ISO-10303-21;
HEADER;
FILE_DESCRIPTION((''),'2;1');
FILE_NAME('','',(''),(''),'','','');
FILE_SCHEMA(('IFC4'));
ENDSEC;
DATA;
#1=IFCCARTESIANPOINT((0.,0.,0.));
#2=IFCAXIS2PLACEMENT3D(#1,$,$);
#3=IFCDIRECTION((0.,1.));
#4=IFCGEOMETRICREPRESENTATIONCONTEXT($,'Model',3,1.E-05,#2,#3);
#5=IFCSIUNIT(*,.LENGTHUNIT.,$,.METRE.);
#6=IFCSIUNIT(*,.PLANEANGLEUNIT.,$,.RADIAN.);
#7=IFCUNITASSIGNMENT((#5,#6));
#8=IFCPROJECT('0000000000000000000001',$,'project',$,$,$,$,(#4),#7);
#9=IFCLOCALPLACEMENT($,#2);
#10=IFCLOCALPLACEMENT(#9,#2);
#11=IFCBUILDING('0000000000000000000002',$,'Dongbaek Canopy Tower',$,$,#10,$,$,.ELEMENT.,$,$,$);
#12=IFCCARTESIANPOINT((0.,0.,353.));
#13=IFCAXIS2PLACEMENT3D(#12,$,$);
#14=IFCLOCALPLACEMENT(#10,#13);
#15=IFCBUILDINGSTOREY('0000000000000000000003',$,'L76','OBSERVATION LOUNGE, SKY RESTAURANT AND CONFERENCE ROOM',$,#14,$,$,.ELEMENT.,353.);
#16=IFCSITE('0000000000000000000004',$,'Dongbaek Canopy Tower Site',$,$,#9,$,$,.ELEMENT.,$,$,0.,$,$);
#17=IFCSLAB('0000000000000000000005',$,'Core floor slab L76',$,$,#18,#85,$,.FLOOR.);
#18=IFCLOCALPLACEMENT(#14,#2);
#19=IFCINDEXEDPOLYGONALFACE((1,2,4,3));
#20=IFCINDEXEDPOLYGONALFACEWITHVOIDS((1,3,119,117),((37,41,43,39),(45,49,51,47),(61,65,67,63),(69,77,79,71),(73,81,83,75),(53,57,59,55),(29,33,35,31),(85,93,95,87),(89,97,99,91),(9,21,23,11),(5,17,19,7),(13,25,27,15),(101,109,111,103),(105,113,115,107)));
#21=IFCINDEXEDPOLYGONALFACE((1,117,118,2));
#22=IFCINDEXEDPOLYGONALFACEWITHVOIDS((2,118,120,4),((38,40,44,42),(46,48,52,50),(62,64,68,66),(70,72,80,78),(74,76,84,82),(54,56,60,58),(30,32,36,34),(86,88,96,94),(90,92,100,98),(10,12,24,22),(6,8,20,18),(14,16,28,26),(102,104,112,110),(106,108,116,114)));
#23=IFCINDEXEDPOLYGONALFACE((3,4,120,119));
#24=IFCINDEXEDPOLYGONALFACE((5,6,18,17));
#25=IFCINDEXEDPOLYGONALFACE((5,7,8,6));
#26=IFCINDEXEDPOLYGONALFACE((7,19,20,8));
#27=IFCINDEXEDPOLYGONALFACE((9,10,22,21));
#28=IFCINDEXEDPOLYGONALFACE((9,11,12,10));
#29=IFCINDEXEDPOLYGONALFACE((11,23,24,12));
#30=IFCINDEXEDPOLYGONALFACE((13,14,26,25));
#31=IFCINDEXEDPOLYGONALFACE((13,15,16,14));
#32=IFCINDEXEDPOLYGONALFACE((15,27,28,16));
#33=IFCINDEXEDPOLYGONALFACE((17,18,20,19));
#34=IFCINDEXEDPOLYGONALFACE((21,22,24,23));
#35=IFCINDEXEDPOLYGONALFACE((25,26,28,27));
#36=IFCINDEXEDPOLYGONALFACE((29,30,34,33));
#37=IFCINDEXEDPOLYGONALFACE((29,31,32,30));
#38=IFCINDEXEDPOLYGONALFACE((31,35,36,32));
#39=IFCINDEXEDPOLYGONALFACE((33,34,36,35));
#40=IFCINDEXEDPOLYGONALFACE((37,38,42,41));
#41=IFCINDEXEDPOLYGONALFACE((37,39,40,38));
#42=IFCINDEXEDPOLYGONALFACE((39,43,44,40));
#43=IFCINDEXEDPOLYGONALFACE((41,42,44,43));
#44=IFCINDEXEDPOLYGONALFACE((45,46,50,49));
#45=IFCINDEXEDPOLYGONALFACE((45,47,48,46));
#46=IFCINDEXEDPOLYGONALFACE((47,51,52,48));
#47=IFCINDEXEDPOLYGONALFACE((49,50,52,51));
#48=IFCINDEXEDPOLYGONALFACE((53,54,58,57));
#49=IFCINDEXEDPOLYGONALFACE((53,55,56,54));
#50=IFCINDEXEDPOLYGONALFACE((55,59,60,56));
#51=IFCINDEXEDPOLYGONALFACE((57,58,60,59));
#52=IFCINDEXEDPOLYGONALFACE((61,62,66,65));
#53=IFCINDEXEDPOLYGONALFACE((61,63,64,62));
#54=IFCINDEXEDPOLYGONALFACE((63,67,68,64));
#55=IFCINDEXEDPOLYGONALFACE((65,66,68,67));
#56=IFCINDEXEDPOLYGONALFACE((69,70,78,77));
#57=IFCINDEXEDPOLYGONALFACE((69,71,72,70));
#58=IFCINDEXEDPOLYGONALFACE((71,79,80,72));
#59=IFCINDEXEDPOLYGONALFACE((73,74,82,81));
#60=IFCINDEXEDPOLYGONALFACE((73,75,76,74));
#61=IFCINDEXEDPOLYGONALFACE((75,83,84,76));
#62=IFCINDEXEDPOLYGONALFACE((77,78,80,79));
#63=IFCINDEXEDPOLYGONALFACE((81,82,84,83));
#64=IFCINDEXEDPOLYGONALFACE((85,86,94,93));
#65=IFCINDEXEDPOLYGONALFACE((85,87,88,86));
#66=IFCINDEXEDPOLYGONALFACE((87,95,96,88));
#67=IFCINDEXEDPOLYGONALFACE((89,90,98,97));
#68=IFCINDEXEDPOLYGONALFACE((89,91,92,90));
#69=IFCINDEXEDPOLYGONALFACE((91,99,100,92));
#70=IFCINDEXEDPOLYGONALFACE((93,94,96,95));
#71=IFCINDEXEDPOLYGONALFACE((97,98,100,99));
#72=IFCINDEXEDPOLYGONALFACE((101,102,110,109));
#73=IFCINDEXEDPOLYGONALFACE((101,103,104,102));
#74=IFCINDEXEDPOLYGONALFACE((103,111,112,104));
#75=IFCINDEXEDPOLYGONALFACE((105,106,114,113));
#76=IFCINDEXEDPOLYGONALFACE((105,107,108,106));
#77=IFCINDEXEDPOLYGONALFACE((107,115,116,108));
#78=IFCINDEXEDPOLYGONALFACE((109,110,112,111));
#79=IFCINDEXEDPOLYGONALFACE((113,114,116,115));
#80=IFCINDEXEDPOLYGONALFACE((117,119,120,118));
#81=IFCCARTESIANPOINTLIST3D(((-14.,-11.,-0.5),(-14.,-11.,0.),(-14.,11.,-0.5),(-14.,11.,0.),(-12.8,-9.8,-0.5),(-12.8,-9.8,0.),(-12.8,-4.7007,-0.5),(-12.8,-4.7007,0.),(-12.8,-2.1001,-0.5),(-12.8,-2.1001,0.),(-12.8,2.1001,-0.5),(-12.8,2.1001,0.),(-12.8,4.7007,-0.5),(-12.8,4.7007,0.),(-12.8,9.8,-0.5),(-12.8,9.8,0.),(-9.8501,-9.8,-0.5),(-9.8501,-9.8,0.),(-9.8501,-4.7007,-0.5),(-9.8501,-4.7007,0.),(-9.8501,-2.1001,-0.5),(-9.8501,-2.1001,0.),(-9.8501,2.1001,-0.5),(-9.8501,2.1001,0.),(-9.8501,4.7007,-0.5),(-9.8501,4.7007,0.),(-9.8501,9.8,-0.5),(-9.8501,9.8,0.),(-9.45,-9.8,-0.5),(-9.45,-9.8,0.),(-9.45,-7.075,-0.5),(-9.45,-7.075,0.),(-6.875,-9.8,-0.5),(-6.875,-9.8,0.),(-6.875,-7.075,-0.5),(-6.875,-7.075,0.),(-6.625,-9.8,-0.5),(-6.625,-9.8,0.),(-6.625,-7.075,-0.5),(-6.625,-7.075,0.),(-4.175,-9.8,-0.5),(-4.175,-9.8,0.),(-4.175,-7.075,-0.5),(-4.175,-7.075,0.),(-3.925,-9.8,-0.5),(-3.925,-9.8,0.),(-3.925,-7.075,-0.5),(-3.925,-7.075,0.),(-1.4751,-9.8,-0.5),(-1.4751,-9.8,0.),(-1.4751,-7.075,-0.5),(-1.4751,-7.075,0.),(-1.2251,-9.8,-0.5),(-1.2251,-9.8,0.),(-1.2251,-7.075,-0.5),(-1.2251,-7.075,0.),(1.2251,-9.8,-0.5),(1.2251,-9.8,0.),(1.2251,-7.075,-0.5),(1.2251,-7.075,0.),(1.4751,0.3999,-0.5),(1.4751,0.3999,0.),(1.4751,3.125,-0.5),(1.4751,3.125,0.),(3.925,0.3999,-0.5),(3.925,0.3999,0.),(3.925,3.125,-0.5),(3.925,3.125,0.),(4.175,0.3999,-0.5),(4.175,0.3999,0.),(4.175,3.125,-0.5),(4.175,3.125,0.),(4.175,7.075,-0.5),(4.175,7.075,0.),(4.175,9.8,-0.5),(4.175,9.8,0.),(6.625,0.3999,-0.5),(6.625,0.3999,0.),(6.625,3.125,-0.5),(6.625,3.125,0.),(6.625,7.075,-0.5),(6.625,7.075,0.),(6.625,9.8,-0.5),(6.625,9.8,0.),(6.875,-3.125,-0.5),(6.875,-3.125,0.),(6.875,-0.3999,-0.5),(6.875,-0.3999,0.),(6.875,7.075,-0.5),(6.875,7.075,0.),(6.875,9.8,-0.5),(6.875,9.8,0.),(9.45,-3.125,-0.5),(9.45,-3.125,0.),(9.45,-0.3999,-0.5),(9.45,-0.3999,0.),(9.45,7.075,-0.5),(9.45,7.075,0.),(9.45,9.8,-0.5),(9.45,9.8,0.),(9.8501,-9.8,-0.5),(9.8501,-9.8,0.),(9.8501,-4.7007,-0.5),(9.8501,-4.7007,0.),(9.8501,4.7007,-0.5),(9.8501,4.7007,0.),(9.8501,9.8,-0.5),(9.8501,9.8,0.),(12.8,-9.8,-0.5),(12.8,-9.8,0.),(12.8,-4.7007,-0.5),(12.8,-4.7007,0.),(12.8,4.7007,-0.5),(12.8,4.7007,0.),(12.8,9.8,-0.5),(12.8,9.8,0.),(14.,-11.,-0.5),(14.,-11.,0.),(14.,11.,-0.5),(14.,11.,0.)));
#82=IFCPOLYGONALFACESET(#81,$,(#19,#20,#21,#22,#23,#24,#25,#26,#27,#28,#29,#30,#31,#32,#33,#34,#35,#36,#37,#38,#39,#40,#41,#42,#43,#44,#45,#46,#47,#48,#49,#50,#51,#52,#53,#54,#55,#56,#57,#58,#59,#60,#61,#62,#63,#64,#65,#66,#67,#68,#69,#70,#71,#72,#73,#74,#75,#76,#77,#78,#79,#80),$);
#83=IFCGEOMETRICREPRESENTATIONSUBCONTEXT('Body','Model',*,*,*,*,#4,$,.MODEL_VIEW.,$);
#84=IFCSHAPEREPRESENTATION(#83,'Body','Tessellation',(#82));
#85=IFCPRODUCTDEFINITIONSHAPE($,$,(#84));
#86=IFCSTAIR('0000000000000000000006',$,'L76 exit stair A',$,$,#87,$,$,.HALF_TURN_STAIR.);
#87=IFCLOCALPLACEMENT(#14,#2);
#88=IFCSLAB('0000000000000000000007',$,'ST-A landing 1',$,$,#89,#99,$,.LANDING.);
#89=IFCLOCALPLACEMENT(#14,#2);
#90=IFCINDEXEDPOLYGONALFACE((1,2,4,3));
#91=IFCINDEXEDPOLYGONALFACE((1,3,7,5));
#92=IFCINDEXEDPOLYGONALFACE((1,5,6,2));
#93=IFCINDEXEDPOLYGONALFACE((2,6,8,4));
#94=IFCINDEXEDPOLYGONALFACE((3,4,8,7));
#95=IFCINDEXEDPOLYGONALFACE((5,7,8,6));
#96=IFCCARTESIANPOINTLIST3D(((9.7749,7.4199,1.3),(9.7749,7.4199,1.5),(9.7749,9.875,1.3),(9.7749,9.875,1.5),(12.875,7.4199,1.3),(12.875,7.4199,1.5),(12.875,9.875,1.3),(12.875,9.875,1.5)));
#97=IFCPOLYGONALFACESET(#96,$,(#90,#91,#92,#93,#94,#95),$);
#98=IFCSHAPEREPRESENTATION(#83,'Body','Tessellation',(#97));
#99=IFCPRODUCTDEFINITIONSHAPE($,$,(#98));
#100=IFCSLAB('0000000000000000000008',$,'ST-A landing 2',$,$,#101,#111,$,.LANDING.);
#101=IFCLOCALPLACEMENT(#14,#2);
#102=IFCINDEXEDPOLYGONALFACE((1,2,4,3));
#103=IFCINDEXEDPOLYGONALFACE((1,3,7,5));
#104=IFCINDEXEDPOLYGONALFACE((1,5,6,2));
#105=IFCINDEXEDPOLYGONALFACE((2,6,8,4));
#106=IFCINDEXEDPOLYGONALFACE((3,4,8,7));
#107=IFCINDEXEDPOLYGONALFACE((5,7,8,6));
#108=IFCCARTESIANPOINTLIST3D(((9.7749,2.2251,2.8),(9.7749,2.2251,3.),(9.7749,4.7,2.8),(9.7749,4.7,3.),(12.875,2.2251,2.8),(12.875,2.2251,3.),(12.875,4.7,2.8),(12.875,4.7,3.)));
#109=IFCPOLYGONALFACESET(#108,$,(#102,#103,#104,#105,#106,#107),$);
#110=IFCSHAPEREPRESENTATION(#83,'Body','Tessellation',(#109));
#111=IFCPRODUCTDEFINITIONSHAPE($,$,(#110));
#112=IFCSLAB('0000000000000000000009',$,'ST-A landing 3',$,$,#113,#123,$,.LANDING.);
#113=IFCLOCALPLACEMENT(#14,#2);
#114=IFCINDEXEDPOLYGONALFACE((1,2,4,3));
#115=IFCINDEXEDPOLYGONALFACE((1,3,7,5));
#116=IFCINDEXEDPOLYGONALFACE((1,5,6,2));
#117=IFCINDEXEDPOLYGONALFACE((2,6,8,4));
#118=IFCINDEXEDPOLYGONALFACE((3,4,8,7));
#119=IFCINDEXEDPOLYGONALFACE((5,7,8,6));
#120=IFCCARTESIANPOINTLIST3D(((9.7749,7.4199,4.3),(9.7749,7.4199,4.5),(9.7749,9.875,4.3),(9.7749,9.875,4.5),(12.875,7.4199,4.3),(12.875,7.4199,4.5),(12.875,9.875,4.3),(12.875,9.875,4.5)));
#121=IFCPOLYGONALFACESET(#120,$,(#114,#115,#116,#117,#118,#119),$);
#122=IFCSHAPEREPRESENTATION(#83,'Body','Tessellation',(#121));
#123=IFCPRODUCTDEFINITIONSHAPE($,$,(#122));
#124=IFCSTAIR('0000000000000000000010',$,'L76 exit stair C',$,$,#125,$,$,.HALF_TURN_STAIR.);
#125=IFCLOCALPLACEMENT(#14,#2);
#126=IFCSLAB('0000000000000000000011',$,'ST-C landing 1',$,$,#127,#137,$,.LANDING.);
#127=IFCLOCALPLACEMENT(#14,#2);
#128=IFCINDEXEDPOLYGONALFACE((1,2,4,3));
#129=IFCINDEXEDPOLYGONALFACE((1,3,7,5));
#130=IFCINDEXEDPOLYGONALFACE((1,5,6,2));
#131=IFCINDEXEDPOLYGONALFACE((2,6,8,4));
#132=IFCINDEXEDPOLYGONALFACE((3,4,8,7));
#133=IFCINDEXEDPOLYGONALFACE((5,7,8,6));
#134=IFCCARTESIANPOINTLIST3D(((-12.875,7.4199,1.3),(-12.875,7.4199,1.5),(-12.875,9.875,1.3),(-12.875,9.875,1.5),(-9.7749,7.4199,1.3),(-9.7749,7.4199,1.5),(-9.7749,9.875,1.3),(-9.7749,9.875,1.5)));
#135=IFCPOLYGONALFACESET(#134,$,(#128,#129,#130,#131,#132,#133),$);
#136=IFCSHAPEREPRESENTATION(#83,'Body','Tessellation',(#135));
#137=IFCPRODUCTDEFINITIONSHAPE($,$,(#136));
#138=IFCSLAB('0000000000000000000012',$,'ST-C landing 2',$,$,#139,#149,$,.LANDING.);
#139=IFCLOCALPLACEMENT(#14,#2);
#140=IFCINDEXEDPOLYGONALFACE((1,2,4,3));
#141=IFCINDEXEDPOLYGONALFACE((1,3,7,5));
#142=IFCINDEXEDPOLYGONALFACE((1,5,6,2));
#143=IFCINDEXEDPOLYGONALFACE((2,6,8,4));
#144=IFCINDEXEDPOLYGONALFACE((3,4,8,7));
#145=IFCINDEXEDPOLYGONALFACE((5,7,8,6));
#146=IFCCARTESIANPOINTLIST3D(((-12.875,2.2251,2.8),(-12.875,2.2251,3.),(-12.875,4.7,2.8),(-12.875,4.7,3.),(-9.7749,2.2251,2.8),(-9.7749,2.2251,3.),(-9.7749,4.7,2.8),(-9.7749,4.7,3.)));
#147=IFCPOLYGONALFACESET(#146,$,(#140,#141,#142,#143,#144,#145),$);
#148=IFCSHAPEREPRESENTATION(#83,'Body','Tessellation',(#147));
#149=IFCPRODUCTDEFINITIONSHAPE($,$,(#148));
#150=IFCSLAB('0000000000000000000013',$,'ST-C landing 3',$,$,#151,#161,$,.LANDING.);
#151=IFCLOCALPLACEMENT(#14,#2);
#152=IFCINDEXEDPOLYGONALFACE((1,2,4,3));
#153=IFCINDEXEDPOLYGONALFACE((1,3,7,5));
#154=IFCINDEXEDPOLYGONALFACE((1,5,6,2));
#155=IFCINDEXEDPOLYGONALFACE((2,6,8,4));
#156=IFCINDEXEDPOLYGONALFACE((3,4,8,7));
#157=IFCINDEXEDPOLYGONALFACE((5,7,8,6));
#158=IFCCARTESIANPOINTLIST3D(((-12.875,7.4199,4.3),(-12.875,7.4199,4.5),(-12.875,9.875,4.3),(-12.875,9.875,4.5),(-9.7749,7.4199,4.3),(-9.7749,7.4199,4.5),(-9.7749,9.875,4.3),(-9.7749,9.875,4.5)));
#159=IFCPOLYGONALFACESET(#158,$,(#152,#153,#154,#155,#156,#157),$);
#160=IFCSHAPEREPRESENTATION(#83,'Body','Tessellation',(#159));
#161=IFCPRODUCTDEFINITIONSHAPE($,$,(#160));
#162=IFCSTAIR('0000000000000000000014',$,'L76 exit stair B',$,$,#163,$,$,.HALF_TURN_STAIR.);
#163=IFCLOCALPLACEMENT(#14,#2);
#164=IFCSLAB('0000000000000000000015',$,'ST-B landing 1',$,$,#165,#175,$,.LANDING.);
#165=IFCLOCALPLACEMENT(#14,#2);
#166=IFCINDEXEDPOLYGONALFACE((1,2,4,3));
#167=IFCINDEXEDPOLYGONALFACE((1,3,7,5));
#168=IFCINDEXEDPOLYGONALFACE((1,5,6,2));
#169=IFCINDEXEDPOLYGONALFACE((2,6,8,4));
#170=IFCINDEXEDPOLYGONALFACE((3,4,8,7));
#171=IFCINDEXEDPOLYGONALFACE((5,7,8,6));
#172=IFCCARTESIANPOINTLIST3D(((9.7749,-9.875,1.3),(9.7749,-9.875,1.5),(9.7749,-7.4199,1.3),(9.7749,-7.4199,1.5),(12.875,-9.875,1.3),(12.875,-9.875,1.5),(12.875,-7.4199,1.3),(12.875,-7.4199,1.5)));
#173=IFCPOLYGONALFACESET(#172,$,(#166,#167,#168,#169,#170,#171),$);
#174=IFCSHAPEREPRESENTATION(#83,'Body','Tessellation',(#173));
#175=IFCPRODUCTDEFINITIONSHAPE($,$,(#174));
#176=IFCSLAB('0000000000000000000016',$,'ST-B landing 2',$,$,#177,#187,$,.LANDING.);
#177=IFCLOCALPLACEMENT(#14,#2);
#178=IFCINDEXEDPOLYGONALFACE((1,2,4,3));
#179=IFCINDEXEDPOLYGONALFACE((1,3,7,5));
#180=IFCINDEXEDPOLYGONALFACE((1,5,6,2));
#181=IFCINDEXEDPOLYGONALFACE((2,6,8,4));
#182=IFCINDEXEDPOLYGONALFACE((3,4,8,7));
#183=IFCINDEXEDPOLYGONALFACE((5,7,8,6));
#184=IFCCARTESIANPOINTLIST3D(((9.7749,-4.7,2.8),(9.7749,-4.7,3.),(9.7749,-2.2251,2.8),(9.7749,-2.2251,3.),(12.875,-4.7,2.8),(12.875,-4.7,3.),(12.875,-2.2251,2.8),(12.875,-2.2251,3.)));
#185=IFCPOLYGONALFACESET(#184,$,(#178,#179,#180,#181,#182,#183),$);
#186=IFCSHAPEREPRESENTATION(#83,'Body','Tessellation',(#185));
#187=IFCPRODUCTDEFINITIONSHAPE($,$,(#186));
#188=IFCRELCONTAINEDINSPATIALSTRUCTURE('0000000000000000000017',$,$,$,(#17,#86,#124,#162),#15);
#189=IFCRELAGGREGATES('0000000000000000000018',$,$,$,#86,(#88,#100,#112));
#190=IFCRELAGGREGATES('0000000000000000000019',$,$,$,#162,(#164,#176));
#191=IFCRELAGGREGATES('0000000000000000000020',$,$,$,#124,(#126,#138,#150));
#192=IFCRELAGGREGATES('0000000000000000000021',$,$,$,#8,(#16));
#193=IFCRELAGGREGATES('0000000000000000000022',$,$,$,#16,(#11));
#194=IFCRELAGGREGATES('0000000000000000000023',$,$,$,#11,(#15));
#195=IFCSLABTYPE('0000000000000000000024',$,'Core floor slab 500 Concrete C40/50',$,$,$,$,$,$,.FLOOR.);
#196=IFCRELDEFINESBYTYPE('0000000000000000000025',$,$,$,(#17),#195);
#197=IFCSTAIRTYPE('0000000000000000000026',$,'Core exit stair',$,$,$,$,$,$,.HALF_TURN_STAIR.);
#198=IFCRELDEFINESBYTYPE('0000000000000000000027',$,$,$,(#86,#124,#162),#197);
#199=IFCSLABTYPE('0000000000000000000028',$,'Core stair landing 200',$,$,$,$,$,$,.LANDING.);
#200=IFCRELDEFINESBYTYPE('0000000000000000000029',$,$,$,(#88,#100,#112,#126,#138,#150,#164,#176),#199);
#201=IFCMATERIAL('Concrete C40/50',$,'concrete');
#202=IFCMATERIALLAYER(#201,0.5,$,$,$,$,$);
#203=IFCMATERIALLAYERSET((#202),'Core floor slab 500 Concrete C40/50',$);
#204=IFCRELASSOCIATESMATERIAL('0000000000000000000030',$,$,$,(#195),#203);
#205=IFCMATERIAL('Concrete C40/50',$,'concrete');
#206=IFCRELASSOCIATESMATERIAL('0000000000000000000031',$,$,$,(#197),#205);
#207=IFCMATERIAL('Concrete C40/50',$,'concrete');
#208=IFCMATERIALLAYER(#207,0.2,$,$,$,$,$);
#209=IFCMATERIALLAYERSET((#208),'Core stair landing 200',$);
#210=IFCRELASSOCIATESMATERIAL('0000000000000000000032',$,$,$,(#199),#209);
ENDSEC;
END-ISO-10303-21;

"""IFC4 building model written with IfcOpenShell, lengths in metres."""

from ifc_helpers import new_model, si_unit, direction, frame, origin, place, context, subcontext, project, spatial, polyline, outline, extrude, material, layer, layer_set, type_object, element, aggregate, save


model = new_model("IFC4")

# Units and contexts
model_context = context("Model", 3, precision=1e-05, world=origin(), true_north=direction((0.0, 1.0)))
body_context = subcontext(model_context, "Body", "Model", "MODEL_VIEW")
ifc_project = project(units=[si_unit("LENGTHUNIT", "METRE"), si_unit("PLANEANGLEUNIT", "RADIAN")], contexts=[model_context])

# Site, building, storey
site_placement = place(None, origin())
site = spatial("IfcSite", under=ifc_project, at=site_placement, Name="Dongbaek Canopy Tower Site", CompositionType="ELEMENT", RefElevation=0.0)
building_placement = place(site_placement, origin())
building = spatial("IfcBuilding", under=site, at=building_placement, Name="Dongbaek Canopy Tower", CompositionType="ELEMENT")
storey_placement = place(building_placement, frame((0.0, 0.0, 353.0)))
storey = spatial("IfcBuildingStorey", under=building, at=storey_placement, Name="L76", Description="OBSERVATION LOUNGE, SKY RESTAURANT AND CONFERENCE ROOM", CompositionType="ELEMENT", Elevation=353.0)

# Slab
ifc_material_1 = material(Name="Concrete C40/50", Category="concrete")
ifc_layer_1 = layer(ifc_material_1, 0.5)
ifc_layer_set_1 = layer_set([ifc_layer_1], Name="Core floor slab 500 Concrete C40/50")
slab_type_1 = type_object("IfcSlabType", Name="Core floor slab 500 Concrete C40/50", PredefinedType="FLOOR", material=ifc_layer_set_1)
slab_1_placement = place(storey_placement, frame((0.0, 0.0, -0.5)))
element("IfcSlab", 1, at=slab_1_placement, inside=storey, type_object=slab_type_1, Name="Core floor slab L76", PredefinedType="FLOOR", context=body_context, shape_type="SweptSolid", body=[
    extrude(outline(polyline([(14.0, -11.0), (14.0, 11.0), (-14.0, 11.0), (-14.0, -11.0), (14.0, -11.0)]), holes=[polyline([(-12.8, 2.1001), (-9.8501, 2.1001), (-9.8501, -2.1001), (-12.8, -2.1001), (-12.8, 2.1001)]), polyline([(6.625, 9.8), (6.625, 7.075), (4.175, 7.075), (4.175, 9.8), (6.625, 9.8)]), polyline([(9.45, 7.075), (6.875, 7.075), (6.875, 9.8), (9.45, 9.8), (9.45, 7.075)]), polyline([(1.4751, 0.3999), (1.4751, 3.125), (3.925, 3.125), (3.925, 0.3999), (1.4751, 0.3999)]), polyline([(4.175, 0.3999), (4.175, 3.125), (6.625, 3.125), (6.625, 0.3999), (4.175, 0.3999)]), polyline([(9.45, -3.125), (6.875, -3.125), (6.875, -0.3999), (9.45, -0.3999), (9.45, -3.125)]), polyline([(-9.45, -7.075), (-6.875, -7.075), (-6.875, -9.8), (-9.45, -9.8), (-9.45, -7.075)]), polyline([(-6.625, -9.8), (-6.625, -7.075), (-4.175, -7.075), (-4.175, -9.8), (-6.625, -9.8)]), polyline([(-3.925, -9.8), (-3.925, -7.075), (-1.4751, -7.075), (-1.4751, -9.8), (-3.925, -9.8)]), polyline([(-1.2251, -9.8), (-1.2251, -7.075), (1.2251, -7.075), (1.2251, -9.8), (-1.2251, -9.8)]), polyline([(12.8, 4.7007), (12.8, 9.8), (9.8501, 9.8), (9.8501, 4.7007), (12.8, 4.7007)]), polyline([(-9.8501, 4.7007), (-9.8501, 9.8), (-12.8, 9.8), (-12.8, 4.7007), (-9.8501, 4.7007)]), polyline([(9.8501, -4.7007), (9.8501, -9.8), (12.8, -9.8), (12.8, -4.7007), (9.8501, -4.7007)]), polyline([(-12.8, -4.7007), (-12.8, -9.8), (-9.8501, -9.8), (-9.8501, -4.7007), (-12.8, -4.7007)])]), origin(), (0.0, 0.0, 1.0), 0.5),
])

# Stairs, slabs
ifc_material_2 = material(Name="Concrete C40/50", Category="concrete")
stair_type = type_object("IfcStairType", Name="Core exit stair", PredefinedType="HALF_TURN_STAIR", material=ifc_material_2)
stair_1_placement = place(storey_placement, origin())
stair_1 = element("IfcStair", 2, at=stair_1_placement, inside=storey, type_object=stair_type, Name="L76 exit stair A", PredefinedType="HALF_TURN_STAIR")
ifc_material_3 = material(Name="Concrete C40/50", Category="concrete")
ifc_layer_2 = layer(ifc_material_3, 0.2)
ifc_layer_set_2 = layer_set([ifc_layer_2], Name="Core stair landing 200")
slab_type_2 = type_object("IfcSlabType", Name="Core stair landing 200", PredefinedType="LANDING", material=ifc_layer_set_2)
slab_2_placement = place(storey_placement, frame((0.0, 0.0, 1.3)))
slab_2 = element("IfcSlab", 3, at=slab_2_placement, type_object=slab_type_2, Name="ST-A landing 1", PredefinedType="LANDING", context=body_context, shape_type="SweptSolid", body=[
    extrude(outline(polyline([(12.875, 7.4199), (12.875, 9.875), (9.7749, 9.875), (9.7749, 7.4199), (12.875, 7.4199)])), origin(), (0.0, 0.0, 1.0), 0.2),
])
slab_3_placement = place(storey_placement, frame((0.0, 0.0, 2.8)))
slab_3 = element("IfcSlab", 4, at=slab_3_placement, type_object=slab_type_2, Name="ST-A landing 2", PredefinedType="LANDING", context=body_context, shape_type="SweptSolid", body=[
    extrude(outline(polyline([(12.875, 2.2251), (12.875, 4.7), (9.7749, 4.7), (9.7749, 2.2251), (12.875, 2.2251)])), origin(), (0.0, 0.0, 1.0), 0.2),
])
slab_4_placement = place(storey_placement, frame((0.0, 0.0, 4.3)))
slab_4 = element("IfcSlab", 5, at=slab_4_placement, type_object=slab_type_2, Name="ST-A landing 3", PredefinedType="LANDING", context=body_context, shape_type="SweptSolid", body=[
    extrude(outline(polyline([(12.875, 7.4199), (12.875, 9.875), (9.7749, 9.875), (9.7749, 7.4199), (12.875, 7.4199)])), origin(), (0.0, 0.0, 1.0), 0.2),
])
aggregate(stair_1, [slab_2, slab_3, slab_4])
stair_2_placement = place(storey_placement, origin())
stair_2 = element("IfcStair", 6, at=stair_2_placement, inside=storey, type_object=stair_type, Name="L76 exit stair C", PredefinedType="HALF_TURN_STAIR")
slab_5_placement = place(storey_placement, frame((0.0, 0.0, 1.3)))
slab_5 = element("IfcSlab", 7, at=slab_5_placement, type_object=slab_type_2, Name="ST-C landing 1", PredefinedType="LANDING", context=body_context, shape_type="SweptSolid", body=[
    extrude(outline(polyline([(-9.7749, 7.4199), (-9.7749, 9.875), (-12.875, 9.875), (-12.875, 7.4199), (-9.7749, 7.4199)])), origin(), (0.0, 0.0, 1.0), 0.2),
])
slab_6_placement = place(storey_placement, frame((0.0, 0.0, 2.8)))
slab_6 = element("IfcSlab", 8, at=slab_6_placement, type_object=slab_type_2, Name="ST-C landing 2", PredefinedType="LANDING", context=body_context, shape_type="SweptSolid", body=[
    extrude(outline(polyline([(-9.7749, 2.2251), (-9.7749, 4.7), (-12.875, 4.7), (-12.875, 2.2251), (-9.7749, 2.2251)])), origin(), (0.0, 0.0, 1.0), 0.2),
])
slab_7_placement = place(storey_placement, frame((0.0, 0.0, 4.3)))
slab_7 = element("IfcSlab", 9, at=slab_7_placement, type_object=slab_type_2, Name="ST-C landing 3", PredefinedType="LANDING", context=body_context, shape_type="SweptSolid", body=[
    extrude(outline(polyline([(-9.7749, 7.4199), (-9.7749, 9.875), (-12.875, 9.875), (-12.875, 7.4199), (-9.7749, 7.4199)])), origin(), (0.0, 0.0, 1.0), 0.2),
])
stair_3_placement = place(storey_placement, origin())
stair_3 = element("IfcStair", 10, at=stair_3_placement, inside=storey, type_object=stair_type, Name="L76 exit stair B", PredefinedType="HALF_TURN_STAIR")
slab_8_placement = place(storey_placement, frame((0.0, 0.0, 1.3)))
slab_8 = element("IfcSlab", 11, at=slab_8_placement, type_object=slab_type_2, Name="ST-B landing 1", PredefinedType="LANDING", context=body_context, shape_type="SweptSolid", body=[
    extrude(outline(polyline([(9.7749, -7.4199), (9.7749, -9.875), (12.875, -9.875), (12.875, -7.4199), (9.7749, -7.4199)])), origin(), (0.0, 0.0, 1.0), 0.2),
])
slab_9_placement = place(storey_placement, frame((0.0, 0.0, 2.8)))
slab_9 = element("IfcSlab", 12, at=slab_9_placement, type_object=slab_type_2, Name="ST-B landing 2", PredefinedType="LANDING", context=body_context, shape_type="SweptSolid", body=[
    extrude(outline(polyline([(9.7749, -2.2251), (9.7749, -4.7), (12.875, -4.7), (12.875, -2.2251), (9.7749, -2.2251)])), origin(), (0.0, 0.0, 1.0), 0.2),
])
aggregate(stair_3, [slab_8, slab_9])

aggregate(stair_2, [slab_5, slab_6, slab_7])

save(model, "model.ifc")
